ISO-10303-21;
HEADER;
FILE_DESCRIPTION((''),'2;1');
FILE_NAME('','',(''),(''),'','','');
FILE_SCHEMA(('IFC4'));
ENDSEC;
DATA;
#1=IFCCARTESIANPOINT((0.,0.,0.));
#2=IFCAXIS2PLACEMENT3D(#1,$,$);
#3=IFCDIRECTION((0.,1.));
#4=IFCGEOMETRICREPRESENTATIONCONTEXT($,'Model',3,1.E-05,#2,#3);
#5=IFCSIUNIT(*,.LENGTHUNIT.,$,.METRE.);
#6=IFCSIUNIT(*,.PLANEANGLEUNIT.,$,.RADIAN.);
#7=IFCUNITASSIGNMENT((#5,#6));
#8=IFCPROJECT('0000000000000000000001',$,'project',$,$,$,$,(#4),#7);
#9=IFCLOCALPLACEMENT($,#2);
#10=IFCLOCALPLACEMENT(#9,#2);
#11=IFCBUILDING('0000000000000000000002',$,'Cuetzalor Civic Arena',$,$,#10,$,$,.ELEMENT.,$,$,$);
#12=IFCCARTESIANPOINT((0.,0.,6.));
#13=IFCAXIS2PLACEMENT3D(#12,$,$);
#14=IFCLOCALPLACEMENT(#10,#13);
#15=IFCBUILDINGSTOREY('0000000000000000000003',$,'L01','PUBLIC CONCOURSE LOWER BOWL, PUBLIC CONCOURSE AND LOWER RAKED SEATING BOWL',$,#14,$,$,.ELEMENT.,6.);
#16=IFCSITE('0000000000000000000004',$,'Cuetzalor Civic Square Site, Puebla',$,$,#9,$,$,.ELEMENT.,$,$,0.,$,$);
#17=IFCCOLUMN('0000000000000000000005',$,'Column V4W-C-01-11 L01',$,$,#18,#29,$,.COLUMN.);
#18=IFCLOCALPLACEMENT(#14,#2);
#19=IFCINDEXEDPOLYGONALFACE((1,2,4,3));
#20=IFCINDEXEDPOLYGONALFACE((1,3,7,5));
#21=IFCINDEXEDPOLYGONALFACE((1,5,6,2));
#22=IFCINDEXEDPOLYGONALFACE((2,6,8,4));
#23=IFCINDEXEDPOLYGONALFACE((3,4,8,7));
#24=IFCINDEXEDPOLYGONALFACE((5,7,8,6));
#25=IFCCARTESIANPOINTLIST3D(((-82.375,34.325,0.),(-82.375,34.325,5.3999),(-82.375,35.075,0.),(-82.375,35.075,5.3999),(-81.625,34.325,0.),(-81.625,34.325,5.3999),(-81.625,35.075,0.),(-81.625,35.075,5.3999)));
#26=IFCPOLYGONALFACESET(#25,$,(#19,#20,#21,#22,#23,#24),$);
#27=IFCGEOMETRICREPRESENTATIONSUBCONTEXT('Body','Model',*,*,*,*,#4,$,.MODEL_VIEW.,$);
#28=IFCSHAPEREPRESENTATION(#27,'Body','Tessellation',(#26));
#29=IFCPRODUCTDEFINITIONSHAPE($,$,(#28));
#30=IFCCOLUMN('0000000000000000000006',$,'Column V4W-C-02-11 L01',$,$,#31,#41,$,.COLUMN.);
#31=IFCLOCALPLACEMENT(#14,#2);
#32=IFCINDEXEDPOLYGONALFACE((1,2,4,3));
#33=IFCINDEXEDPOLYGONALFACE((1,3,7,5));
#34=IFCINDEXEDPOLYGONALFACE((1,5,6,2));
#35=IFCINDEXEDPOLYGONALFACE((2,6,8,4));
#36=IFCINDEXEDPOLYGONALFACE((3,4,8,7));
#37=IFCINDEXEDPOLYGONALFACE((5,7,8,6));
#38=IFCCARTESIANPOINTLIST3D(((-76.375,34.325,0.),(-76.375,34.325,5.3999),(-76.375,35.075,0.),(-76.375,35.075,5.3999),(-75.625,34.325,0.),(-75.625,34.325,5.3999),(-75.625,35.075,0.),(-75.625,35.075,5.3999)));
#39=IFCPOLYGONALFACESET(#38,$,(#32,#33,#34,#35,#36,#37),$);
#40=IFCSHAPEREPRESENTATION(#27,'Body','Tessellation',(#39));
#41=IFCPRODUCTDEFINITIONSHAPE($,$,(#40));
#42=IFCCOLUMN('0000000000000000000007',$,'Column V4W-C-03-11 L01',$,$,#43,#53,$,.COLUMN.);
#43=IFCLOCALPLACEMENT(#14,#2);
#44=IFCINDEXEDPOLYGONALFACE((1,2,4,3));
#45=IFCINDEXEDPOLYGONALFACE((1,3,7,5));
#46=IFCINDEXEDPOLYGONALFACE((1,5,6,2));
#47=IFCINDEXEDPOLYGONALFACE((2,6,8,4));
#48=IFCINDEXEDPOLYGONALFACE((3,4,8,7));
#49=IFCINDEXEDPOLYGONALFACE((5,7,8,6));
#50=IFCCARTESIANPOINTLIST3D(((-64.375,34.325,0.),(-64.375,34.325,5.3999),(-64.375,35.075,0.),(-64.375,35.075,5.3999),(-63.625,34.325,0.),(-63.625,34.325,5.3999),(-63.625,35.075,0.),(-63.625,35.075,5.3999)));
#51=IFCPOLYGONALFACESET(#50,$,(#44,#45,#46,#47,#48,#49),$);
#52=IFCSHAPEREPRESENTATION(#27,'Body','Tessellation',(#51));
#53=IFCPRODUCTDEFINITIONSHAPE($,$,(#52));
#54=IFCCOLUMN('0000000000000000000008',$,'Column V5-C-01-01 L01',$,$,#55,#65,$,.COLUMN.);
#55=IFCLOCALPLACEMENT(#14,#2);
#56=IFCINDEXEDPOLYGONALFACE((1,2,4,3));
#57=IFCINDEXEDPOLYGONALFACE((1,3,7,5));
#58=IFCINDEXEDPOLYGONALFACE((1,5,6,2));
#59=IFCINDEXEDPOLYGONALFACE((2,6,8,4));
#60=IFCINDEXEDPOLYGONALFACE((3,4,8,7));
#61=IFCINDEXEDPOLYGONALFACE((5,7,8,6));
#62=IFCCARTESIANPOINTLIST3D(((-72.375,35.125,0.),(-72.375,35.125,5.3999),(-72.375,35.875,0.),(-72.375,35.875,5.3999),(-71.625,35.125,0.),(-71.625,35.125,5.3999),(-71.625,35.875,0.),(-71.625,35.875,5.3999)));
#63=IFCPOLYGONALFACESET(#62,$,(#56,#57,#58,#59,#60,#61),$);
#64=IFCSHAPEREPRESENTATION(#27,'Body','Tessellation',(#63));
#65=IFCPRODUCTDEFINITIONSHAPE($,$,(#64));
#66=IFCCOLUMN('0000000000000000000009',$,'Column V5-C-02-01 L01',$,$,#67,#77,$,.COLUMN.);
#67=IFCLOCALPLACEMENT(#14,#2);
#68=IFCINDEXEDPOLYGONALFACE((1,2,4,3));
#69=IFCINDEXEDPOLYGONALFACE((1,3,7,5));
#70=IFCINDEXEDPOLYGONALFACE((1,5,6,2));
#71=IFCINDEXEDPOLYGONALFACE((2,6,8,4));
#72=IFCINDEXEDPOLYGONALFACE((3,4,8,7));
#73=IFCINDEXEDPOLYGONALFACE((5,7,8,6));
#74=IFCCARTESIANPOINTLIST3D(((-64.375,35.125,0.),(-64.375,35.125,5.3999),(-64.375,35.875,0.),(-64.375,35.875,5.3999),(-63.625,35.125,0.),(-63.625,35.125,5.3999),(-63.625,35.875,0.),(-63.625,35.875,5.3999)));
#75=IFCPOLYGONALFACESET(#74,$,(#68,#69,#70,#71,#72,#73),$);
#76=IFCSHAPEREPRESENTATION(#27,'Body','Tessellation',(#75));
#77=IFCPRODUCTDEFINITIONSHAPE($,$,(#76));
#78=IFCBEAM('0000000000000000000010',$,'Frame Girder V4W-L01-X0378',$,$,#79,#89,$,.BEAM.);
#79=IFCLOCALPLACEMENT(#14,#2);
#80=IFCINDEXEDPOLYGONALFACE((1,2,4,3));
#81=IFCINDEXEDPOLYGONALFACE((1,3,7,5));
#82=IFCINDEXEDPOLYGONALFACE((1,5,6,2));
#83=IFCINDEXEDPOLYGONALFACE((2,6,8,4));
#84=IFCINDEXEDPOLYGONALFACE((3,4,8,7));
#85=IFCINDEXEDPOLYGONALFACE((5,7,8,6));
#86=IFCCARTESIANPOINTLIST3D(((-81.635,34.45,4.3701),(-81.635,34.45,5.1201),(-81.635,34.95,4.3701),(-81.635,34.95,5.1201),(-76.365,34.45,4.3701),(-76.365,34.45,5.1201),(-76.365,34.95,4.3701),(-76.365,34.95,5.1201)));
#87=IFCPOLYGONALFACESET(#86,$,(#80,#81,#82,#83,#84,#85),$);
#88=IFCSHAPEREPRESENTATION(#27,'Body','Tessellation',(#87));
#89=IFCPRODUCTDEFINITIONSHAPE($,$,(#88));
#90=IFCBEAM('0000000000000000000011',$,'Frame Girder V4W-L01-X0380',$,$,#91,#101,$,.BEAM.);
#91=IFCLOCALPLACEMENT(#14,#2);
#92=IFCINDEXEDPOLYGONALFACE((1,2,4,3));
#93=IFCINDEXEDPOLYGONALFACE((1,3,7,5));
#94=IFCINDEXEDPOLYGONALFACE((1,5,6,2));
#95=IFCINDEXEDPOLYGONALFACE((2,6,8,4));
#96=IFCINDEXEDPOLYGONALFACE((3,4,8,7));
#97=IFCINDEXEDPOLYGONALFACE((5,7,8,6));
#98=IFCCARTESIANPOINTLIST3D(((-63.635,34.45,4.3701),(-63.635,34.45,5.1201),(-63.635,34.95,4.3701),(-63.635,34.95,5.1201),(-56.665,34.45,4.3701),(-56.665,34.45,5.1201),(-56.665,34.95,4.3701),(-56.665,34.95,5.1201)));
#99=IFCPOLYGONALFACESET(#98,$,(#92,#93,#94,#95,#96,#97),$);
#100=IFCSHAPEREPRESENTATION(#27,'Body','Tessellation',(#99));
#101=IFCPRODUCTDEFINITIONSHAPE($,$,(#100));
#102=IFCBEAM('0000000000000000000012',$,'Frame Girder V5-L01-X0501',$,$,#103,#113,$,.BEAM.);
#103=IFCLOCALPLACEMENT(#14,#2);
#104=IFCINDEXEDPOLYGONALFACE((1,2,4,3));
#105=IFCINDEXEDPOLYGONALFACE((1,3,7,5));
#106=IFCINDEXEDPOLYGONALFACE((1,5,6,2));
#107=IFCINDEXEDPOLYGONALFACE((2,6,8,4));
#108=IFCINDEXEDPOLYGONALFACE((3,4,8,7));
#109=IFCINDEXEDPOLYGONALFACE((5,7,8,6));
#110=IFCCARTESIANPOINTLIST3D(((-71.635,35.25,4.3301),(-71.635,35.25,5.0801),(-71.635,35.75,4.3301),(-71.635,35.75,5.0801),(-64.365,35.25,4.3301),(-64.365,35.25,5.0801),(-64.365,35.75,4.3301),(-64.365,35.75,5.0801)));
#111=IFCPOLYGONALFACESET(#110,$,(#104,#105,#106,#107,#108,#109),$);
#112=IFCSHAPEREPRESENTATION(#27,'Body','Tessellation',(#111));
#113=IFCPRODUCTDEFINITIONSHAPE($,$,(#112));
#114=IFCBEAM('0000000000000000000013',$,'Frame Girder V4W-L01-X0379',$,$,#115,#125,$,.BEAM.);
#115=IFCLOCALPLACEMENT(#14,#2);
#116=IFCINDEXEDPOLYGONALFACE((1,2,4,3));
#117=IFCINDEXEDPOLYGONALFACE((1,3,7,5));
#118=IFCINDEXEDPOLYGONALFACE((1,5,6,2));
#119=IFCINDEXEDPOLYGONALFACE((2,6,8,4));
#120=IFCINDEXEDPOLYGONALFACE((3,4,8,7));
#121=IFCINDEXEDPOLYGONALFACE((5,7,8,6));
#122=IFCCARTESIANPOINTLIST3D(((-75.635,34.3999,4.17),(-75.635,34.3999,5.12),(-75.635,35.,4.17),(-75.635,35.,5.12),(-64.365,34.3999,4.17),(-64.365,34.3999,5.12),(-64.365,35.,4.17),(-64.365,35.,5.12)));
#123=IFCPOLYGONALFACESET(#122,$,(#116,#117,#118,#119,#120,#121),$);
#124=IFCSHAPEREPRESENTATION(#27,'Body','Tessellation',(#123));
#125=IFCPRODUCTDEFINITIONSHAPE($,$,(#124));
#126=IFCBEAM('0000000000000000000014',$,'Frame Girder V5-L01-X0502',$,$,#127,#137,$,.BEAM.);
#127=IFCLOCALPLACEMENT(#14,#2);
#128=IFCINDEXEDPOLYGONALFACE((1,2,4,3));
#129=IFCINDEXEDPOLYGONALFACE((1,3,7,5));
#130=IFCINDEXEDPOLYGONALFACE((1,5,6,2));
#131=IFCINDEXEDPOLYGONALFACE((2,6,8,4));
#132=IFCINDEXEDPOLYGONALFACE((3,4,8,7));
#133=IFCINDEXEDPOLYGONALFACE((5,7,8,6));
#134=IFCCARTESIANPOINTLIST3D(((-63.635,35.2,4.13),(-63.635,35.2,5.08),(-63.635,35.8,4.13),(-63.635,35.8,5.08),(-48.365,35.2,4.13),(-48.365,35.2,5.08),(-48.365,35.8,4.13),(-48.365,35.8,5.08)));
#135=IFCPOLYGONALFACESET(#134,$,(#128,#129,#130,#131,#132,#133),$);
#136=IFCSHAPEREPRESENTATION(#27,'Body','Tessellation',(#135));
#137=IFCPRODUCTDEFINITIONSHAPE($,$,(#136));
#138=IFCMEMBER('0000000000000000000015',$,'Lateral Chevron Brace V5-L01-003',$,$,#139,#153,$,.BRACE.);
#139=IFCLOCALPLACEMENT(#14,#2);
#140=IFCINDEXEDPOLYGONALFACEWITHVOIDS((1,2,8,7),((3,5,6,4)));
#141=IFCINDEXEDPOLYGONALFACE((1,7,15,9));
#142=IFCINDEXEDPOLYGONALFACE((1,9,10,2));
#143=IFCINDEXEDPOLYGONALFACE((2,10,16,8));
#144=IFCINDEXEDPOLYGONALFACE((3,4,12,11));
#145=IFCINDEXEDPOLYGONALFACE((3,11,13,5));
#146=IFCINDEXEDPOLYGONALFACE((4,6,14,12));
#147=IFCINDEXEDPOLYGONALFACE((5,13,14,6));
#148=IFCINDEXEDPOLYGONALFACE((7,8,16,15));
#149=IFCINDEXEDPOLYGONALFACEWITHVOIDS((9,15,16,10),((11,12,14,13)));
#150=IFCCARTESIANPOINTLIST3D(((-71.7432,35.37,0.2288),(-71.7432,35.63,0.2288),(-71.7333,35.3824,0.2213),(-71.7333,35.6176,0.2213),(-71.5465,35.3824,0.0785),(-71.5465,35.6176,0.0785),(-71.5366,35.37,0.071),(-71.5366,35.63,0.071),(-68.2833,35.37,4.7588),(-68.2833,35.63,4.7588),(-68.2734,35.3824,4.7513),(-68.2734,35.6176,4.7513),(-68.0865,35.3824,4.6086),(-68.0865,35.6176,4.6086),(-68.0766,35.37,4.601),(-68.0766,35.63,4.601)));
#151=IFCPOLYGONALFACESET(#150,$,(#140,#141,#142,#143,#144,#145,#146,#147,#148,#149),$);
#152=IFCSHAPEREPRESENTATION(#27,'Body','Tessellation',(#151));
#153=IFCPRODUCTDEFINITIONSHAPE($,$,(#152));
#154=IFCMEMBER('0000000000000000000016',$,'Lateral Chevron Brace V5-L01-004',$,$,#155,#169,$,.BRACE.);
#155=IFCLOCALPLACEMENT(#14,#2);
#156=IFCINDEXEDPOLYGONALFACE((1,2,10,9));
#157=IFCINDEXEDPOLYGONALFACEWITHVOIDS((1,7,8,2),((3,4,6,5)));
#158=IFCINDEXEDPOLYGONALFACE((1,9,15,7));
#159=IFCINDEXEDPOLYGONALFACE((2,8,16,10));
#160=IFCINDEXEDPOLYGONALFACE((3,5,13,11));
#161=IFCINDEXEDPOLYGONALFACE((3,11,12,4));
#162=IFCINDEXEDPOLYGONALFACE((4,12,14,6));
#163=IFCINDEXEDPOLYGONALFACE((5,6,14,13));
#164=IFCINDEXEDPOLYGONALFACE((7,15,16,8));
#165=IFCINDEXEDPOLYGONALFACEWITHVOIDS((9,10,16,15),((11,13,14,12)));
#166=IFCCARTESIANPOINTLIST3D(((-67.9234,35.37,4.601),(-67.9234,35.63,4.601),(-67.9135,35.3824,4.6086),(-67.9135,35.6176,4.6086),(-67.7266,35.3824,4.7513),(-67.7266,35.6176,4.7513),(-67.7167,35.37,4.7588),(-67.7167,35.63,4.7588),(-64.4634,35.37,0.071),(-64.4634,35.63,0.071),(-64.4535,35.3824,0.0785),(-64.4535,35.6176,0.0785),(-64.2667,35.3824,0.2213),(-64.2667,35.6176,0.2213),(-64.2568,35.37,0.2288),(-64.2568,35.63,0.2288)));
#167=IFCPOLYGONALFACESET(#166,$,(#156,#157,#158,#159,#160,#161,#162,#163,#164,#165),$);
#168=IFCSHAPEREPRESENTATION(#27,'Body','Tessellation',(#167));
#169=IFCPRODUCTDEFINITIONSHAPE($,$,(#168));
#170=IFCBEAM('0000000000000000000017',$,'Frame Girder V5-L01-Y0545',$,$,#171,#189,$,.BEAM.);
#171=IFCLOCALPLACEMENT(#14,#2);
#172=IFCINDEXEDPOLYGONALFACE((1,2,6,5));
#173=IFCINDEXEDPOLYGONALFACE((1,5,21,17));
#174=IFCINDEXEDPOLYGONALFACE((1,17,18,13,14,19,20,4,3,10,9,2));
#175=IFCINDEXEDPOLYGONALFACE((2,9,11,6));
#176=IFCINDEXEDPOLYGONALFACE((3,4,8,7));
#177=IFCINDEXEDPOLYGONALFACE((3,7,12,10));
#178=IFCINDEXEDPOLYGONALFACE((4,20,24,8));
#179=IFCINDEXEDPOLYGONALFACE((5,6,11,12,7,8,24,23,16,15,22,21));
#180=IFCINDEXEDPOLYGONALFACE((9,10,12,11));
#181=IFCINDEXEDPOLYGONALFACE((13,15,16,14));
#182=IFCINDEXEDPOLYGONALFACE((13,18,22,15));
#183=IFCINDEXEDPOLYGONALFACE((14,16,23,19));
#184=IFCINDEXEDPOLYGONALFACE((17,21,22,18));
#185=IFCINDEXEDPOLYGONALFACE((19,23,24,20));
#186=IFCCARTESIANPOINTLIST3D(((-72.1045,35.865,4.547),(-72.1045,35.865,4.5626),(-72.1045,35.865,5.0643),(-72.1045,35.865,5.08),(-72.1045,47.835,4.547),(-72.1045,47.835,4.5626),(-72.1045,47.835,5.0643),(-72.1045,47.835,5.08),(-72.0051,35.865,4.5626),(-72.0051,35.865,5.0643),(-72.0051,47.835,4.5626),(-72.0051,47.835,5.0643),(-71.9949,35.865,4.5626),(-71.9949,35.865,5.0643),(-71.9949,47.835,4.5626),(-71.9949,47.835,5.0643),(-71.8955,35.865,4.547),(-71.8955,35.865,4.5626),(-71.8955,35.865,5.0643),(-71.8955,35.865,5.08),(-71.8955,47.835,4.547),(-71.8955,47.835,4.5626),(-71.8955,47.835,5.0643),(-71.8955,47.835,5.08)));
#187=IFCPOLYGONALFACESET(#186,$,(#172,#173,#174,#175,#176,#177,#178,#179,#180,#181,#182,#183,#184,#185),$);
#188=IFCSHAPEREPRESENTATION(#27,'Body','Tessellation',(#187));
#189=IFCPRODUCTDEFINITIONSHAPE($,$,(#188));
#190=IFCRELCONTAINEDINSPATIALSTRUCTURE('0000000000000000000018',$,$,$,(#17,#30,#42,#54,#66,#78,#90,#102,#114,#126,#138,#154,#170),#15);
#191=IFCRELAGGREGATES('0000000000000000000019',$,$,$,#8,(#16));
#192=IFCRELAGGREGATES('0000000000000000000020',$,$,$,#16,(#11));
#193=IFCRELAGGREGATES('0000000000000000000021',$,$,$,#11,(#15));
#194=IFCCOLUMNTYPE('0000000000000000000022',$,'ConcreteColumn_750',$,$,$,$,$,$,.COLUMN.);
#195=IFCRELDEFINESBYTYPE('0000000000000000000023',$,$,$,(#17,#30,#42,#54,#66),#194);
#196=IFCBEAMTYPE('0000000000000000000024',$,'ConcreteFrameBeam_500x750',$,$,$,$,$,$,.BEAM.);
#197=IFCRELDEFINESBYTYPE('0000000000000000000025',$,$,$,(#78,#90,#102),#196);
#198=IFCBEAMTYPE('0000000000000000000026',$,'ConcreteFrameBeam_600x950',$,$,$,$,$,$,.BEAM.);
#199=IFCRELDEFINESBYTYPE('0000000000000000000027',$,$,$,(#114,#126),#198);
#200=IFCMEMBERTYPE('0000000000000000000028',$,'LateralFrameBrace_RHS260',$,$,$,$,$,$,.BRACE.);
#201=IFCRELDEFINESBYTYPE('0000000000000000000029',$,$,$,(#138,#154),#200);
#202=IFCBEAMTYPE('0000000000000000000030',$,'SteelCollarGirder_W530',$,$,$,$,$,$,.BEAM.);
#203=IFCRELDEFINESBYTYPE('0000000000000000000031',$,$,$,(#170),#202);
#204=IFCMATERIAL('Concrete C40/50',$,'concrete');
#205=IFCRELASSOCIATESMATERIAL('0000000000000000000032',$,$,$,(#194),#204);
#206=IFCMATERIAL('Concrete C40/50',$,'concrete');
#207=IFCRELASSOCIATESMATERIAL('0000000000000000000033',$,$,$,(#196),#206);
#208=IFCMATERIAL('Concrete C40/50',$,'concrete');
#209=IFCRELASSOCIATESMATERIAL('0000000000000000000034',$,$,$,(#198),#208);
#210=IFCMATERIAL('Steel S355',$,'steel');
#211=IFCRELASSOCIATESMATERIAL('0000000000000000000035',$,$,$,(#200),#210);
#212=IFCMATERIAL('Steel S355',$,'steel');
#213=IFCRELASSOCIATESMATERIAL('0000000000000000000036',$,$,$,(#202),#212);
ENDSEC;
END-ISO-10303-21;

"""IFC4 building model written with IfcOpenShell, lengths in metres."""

from ifc_helpers import new_model, si_unit, direction, frame, origin, origin_2d, place, context, subcontext, project, spatial, rectangle, hollow_rectangle, i_section, extrude, material, material_profile, profile_set, type_object, element, save


model = new_model("IFC4")

# Units and contexts
model_context = context("Model", 3, precision=1e-05, world=origin(), true_north=direction((0.0, 1.0)))
body_context = subcontext(model_context, "Body", "Model", "MODEL_VIEW")
ifc_project = project(units=[si_unit("LENGTHUNIT", "METRE"), si_unit("PLANEANGLEUNIT", "RADIAN")], contexts=[model_context])

# Site, building, storey
site_placement = place(None, origin())
site = spatial("IfcSite", under=ifc_project, at=site_placement, Name="Cuetzalor Civic Square Site, Puebla", CompositionType="ELEMENT", RefElevation=0.0)
building_placement = place(site_placement, origin())
building = spatial("IfcBuilding", under=site, at=building_placement, Name="Cuetzalor Civic Arena", CompositionType="ELEMENT")
storey_placement = place(building_placement, frame((0.0, 0.0, 6.0)))
storey = spatial("IfcBuildingStorey", under=building, at=storey_placement, Name="L01", Description="PUBLIC CONCOURSE LOWER BOWL, PUBLIC CONCOURSE AND LOWER RAKED SEATING BOWL", CompositionType="ELEMENT", Elevation=6.0)

# Columns
ifc_material_1 = material(Name="Concrete C40/50", Category="concrete")
ifc_material_profile_1 = material_profile(ifc_material_1, rectangle(XDim=0.75, YDim=0.75, at=origin_2d()), Name="RC 750x750")
ifc_profile_set_1 = profile_set([ifc_material_profile_1], Name="Concrete C40/50")
column_type = type_object("IfcColumnType", Name="ConcreteColumn_750", PredefinedType="COLUMN", material=ifc_profile_set_1)
for number, where, z_axis, x_axis, name in (
    (1, (-82.0, 34.7, 0.0), (0.0, 0.0, 1.0), (1.0, 0.0, 0.0), "Column V4W-C-01-11 L01"),
    (2, (-76.0, 34.7, 0.0), (0.0, 0.0, 1.0), (1.0, 0.0, 0.0), "Column V4W-C-02-11 L01"),
    (3, (-64.0, 34.7, 0.0), (0.0, 0.0, 1.0), (1.0, 0.0, 0.0), "Column V4W-C-03-11 L01"),
    (4, (-72.0, 35.5, 0.0), (0.0, 0.0, 1.0), (1.0, 0.0, 0.0), "Column V5-C-01-01 L01"),
    (5, (-64.0, 35.5, 0.0), (0.0, 0.0, 1.0), (1.0, 0.0, 0.0), "Column V5-C-02-01 L01"),
):
    element("IfcColumn", number, at=place(storey_placement, frame(where, z_axis=z_axis, x_axis=x_axis)), inside=storey, type_object=column_type, Name=name, PredefinedType="COLUMN", context=body_context, shape_type="SweptSolid", body=[
        extrude(rectangle(XDim=0.75, YDim=0.75, at=origin_2d()), origin(), (0.0, 0.0, 1.0), 5.3999),
    ])

# Beams
ifc_material_2 = material(Name="Concrete C40/50", Category="concrete")
ifc_material_profile_2 = material_profile(ifc_material_2, rectangle(XDim=0.5, YDim=0.75, at=origin_2d()), Name="RC 500x750")
ifc_profile_set_2 = profile_set([ifc_material_profile_2], Name="Concrete C40/50")
beam_type_1 = type_object("IfcBeamType", Name="ConcreteFrameBeam_500x750", PredefinedType="BEAM", material=ifc_profile_set_2)
beam_1_placement = place(storey_placement, frame((-81.635, 34.7, 4.7451), z_axis=(1.0, 0.0, 0.0), x_axis=(0.0, 1.0, 0.0)))
element("IfcBeam", 6, at=beam_1_placement, inside=storey, type_object=beam_type_1, Name="Frame Girder V4W-L01-X0378", PredefinedType="BEAM", context=body_context, shape_type="SweptSolid", body=[
    extrude(rectangle(XDim=0.5, YDim=0.75, at=origin_2d()), origin(), (0.0, 0.0, 1.0), 5.27),
])
beam_2_placement = place(storey_placement, frame((-63.635, 34.7, 4.7451), z_axis=(1.0, 0.0, 0.0), x_axis=(0.0, 1.0, 0.0)))
element("IfcBeam", 7, at=beam_2_placement, inside=storey, type_object=beam_type_1, Name="Frame Girder V4W-L01-X0380", PredefinedType="BEAM", context=body_context, shape_type="SweptSolid", body=[
    extrude(rectangle(XDim=0.5, YDim=0.75, at=origin_2d()), origin(), (0.0, 0.0, 1.0), 6.97),
])
beam_3_placement = place(storey_placement, frame((-71.635, 35.5, 4.7051), z_axis=(1.0, 0.0, 0.0), x_axis=(0.0, 1.0, 0.0)))
element("IfcBeam", 8, at=beam_3_placement, inside=storey, type_object=beam_type_1, Name="Frame Girder V5-L01-X0501", PredefinedType="BEAM", context=body_context, shape_type="SweptSolid", body=[
    extrude(rectangle(XDim=0.5, YDim=0.75, at=origin_2d()), origin(), (0.0, 0.0, 1.0), 7.27),
])
ifc_material_3 = material(Name="Concrete C40/50", Category="concrete")
ifc_material_profile_3 = material_profile(ifc_material_3, rectangle(XDim=0.6001, YDim=0.95, at=origin_2d()), Name="RC 600x950")
ifc_profile_set_3 = profile_set([ifc_material_profile_3], Name="Concrete C40/50")
beam_type_2 = type_object("IfcBeamType", Name="ConcreteFrameBeam_600x950", PredefinedType="BEAM", material=ifc_profile_set_3)
beam_4_placement = place(storey_placement, frame((-75.635, 34.7, 4.645), z_axis=(1.0, 0.0, 0.0), x_axis=(0.0, 1.0, 0.0)))
element("IfcBeam", 9, at=beam_4_placement, inside=storey, type_object=beam_type_2, Name="Frame Girder V4W-L01-X0379", PredefinedType="BEAM", context=body_context, shape_type="SweptSolid", body=[
    extrude(rectangle(XDim=0.6001, YDim=0.95, at=origin_2d()), origin(), (0.0, 0.0, 1.0), 11.27),
])
beam_5_placement = place(storey_placement, frame((-63.635, 35.5, 4.605), z_axis=(1.0, 0.0, 0.0), x_axis=(0.0, 1.0, 0.0)))
element("IfcBeam", 10, at=beam_5_placement, inside=storey, type_object=beam_type_2, Name="Frame Girder V5-L01-X0502", PredefinedType="BEAM", context=body_context, shape_type="SweptSolid", body=[
    extrude(rectangle(XDim=0.6001, YDim=0.95, at=origin_2d()), origin(), (0.0, 0.0, 1.0), 15.27),
])

# Members
ifc_material_4 = material(Name="Steel S355", Category="steel")
ifc_material_profile_4 = material_profile(ifc_material_4, hollow_rectangle(XDim=0.26, YDim=0.26, WallThickness=0.0125, at=origin_2d()), Name="RHS 260x260x12.5")
ifc_profile_set_4 = profile_set([ifc_material_profile_4], Name="Steel S355")
member_type = type_object("IfcMemberType", Name="LateralFrameBrace_RHS260", PredefinedType="BRACE", material=ifc_profile_set_4)
for number, where, z_axis, x_axis, name in (
    (11, (-71.6399, 35.5, 0.1499), (0.606987, 0.0, 0.794711), (0.0, 1.0, 0.0), "Lateral Chevron Brace V5-L01-003"),
    (12, (-64.3601, 35.5, 0.1499), (-0.606987, 0.0, 0.794711), (0.0, -1.0, 0.0), "Lateral Chevron Brace V5-L01-004"),
):
    element("IfcMember", number, at=place(storey_placement, frame(where, z_axis=z_axis, x_axis=x_axis)), inside=storey, type_object=member_type, Name=name, PredefinedType="BRACE", context=body_context, shape_type="SweptSolid", body=[
        extrude(hollow_rectangle(XDim=0.26, YDim=0.26, WallThickness=0.0125, at=origin_2d()), origin(), (0.0, 0.0, 1.0), 5.7002),
    ])

# Beam
ifc_material_5 = material(Name="Steel S355", Category="steel")
ifc_material_profile_5 = material_profile(ifc_material_5, i_section(OverallWidth=0.209, OverallDepth=0.533, WebThickness=0.0103, FlangeThickness=0.0156, at=origin_2d()), Name="W530x92")
ifc_profile_set_5 = profile_set([ifc_material_profile_5], Name="Steel S355")
beam_type_3 = type_object("IfcBeamType", Name="SteelCollarGirder_W530", PredefinedType="BEAM", material=ifc_profile_set_5)
for number, where, z_axis, x_axis, name in (
    (13, (-72.0, 35.865, 4.8135), (0.0, 1.0, 0.0), (-1.0, 0.0, 0.0), "Frame Girder V5-L01-Y0545"),
):
    element("IfcBeam", number, at=place(storey_placement, frame(where, z_axis=z_axis, x_axis=x_axis)), inside=storey, type_object=beam_type_3, Name=name, PredefinedType="BEAM", context=body_context, shape_type="SweptSolid", body=[
        extrude(i_section(OverallWidth=0.209, OverallDepth=0.533, WebThickness=0.0103, FlangeThickness=0.0156, at=origin_2d()), origin(), (0.0, 0.0, 1.0), 11.97),
    ])

save(model, "model.ifc")
